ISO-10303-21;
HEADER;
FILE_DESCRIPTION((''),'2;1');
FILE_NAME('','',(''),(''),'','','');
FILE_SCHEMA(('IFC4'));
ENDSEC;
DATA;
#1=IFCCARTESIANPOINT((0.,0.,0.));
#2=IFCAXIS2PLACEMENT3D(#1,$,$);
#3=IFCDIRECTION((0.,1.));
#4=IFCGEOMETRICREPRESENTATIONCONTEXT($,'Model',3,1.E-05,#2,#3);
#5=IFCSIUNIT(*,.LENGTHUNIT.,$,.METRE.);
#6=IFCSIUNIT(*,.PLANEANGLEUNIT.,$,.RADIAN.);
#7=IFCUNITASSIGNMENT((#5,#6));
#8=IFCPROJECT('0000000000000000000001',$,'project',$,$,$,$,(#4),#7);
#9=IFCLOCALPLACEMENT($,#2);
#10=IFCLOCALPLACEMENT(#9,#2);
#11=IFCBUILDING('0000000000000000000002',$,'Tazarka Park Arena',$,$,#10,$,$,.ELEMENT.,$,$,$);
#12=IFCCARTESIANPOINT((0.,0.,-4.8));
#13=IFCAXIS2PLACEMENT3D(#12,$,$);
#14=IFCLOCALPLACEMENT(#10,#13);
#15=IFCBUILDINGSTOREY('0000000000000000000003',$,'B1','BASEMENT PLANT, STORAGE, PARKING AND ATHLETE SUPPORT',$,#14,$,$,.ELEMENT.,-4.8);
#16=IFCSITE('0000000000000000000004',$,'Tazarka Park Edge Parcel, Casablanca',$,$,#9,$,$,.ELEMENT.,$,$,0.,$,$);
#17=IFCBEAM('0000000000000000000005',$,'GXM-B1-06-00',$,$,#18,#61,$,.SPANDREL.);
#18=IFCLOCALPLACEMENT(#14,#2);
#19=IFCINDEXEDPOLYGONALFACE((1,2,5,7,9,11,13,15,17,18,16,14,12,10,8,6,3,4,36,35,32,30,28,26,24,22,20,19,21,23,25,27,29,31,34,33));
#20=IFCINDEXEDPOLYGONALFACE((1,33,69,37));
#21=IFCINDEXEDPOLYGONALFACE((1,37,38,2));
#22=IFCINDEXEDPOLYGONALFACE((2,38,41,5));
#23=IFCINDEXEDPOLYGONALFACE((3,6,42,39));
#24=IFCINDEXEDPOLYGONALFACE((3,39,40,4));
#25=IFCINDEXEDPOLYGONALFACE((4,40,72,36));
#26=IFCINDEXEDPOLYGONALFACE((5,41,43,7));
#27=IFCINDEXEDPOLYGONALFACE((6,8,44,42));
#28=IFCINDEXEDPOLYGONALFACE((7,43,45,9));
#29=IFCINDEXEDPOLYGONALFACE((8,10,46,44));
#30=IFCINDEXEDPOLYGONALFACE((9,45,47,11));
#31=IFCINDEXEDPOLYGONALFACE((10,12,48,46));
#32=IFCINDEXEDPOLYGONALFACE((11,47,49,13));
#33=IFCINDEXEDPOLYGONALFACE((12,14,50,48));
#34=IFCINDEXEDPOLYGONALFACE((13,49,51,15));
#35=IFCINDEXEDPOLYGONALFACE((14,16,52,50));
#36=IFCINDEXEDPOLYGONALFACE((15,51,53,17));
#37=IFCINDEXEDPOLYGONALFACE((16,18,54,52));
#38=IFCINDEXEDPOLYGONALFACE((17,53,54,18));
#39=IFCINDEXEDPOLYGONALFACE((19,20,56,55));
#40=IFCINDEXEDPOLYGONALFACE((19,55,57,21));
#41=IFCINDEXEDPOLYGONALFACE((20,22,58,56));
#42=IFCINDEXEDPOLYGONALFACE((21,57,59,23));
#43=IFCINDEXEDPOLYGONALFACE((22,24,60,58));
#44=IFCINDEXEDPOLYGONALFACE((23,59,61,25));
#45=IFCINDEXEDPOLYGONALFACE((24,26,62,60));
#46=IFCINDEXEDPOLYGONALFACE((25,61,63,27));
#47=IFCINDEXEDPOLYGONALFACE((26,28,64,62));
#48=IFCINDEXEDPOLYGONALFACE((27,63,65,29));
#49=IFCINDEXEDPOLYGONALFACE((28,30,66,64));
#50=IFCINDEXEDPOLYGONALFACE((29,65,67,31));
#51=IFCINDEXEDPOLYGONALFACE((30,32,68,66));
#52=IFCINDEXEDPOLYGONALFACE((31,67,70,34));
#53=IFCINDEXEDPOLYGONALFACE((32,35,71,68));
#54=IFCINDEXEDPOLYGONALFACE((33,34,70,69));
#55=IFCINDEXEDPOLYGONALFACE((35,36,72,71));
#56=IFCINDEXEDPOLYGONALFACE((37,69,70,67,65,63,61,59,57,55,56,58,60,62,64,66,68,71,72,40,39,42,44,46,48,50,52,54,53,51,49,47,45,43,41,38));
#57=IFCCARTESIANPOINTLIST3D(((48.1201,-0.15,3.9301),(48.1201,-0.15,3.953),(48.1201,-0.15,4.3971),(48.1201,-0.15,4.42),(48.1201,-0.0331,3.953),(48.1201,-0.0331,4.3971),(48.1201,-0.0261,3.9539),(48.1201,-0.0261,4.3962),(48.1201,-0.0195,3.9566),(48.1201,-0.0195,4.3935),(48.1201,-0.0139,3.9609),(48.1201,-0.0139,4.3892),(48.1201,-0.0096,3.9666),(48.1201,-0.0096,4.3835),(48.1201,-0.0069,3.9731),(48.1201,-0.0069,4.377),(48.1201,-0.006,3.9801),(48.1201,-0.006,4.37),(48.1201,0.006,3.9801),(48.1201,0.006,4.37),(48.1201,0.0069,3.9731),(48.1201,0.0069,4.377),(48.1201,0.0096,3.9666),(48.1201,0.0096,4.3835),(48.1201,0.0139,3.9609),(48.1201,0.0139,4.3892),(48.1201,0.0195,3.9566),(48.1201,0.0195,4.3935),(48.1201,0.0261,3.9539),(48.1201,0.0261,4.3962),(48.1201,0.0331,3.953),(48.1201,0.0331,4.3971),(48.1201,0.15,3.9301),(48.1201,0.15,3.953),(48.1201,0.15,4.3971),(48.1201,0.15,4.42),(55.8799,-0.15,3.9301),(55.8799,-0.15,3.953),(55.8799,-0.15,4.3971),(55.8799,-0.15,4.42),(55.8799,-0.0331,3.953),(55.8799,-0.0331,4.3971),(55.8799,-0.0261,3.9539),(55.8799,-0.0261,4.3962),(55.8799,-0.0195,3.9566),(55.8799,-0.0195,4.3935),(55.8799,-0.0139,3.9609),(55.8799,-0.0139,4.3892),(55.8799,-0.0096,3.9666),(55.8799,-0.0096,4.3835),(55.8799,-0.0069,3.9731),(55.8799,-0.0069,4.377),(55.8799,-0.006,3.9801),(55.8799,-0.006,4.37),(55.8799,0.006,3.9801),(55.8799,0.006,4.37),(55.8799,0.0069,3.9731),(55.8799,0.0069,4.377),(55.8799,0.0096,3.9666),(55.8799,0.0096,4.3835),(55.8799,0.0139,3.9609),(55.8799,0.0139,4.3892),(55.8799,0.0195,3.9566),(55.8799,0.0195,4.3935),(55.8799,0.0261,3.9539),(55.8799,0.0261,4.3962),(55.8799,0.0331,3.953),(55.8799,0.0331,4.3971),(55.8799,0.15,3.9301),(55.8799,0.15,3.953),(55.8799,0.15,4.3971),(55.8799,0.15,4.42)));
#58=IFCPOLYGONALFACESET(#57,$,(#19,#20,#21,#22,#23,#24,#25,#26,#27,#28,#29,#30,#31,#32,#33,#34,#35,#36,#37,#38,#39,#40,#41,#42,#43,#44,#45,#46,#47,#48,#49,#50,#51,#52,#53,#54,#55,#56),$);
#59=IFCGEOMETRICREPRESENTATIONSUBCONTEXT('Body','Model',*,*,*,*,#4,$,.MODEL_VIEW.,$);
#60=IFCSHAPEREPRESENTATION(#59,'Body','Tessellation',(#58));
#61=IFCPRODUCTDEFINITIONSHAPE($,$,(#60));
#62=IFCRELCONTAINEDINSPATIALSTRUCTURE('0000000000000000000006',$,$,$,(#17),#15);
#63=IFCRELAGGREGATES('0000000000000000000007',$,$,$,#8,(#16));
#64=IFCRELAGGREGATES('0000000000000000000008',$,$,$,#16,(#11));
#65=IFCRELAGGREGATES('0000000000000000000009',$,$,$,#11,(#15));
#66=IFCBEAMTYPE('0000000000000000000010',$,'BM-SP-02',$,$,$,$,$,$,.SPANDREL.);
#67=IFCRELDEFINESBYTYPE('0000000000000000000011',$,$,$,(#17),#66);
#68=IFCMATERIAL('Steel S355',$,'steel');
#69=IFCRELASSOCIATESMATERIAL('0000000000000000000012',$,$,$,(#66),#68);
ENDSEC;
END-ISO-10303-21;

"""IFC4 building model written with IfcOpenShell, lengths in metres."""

from ifc_helpers import new_model, si_unit, direction, frame, origin, origin_2d, place, context, subcontext, project, spatial, i_section, extrude, material, material_profile, profile_set, type_object, element, save


model = new_model("IFC4")

# Units and contexts
model_context = context("Model", 3, precision=1e-05, world=origin(), true_north=direction((0.0, 1.0)))
body_context = subcontext(model_context, "Body", "Model", "MODEL_VIEW")
ifc_project = project(units=[si_unit("LENGTHUNIT", "METRE"), si_unit("PLANEANGLEUNIT", "RADIAN")], contexts=[model_context])

# Site, building, storey
site_placement = place(None, origin())
site = spatial("IfcSite", under=ifc_project, at=site_placement, Name="Tazarka Park Edge Parcel, Casablanca", CompositionType="ELEMENT", RefElevation=0.0)
building_placement = place(site_placement, origin())
building = spatial("IfcBuilding", under=site, at=building_placement, Name="Tazarka Park Arena", CompositionType="ELEMENT")
storey_placement = place(building_placement, frame((0.0, 0.0, -4.8)))
storey = spatial("IfcBuildingStorey", under=building, at=storey_placement, Name="B1", Description="BASEMENT PLANT, STORAGE, PARKING AND ATHLETE SUPPORT", CompositionType="ELEMENT", Elevation=-4.8)

# Beam
ifc_material_1 = material(Name="Steel S355", Category="steel")
ifc_material_profile_1 = material_profile(ifc_material_1, i_section(OverallWidth=0.3, OverallDepth=0.49, WebThickness=0.012, FlangeThickness=0.0229, FilletRadius=0.0271, at=origin_2d()), Name="Steel S355")
ifc_profile_set_1 = profile_set([ifc_material_profile_1], Name="Steel S355")
beam_type_1 = type_object("IfcBeamType", Name="BM-SP-02", PredefinedType="SPANDREL", material=ifc_profile_set_1)
beam_1_placement = place(storey_placement, frame((48.1201, 0.0, 4.175), z_axis=(1.0, 0.0, 0.0), x_axis=(0.0, 1.0, 0.0)))
element("IfcBeam", 1, at=beam_1_placement, inside=storey, type_object=beam_type_1, Name="GXM-B1-06-00", PredefinedType="SPANDREL", context=body_context, shape_type="SweptSolid", body=[
    extrude(i_section(OverallWidth=0.3, OverallDepth=0.49, WebThickness=0.012, FlangeThickness=0.0229, FilletRadius=0.0271, at=origin_2d()), origin(), (0.0, 0.0, 1.0), 7.7598),
])

save(model, "model.ifc")
